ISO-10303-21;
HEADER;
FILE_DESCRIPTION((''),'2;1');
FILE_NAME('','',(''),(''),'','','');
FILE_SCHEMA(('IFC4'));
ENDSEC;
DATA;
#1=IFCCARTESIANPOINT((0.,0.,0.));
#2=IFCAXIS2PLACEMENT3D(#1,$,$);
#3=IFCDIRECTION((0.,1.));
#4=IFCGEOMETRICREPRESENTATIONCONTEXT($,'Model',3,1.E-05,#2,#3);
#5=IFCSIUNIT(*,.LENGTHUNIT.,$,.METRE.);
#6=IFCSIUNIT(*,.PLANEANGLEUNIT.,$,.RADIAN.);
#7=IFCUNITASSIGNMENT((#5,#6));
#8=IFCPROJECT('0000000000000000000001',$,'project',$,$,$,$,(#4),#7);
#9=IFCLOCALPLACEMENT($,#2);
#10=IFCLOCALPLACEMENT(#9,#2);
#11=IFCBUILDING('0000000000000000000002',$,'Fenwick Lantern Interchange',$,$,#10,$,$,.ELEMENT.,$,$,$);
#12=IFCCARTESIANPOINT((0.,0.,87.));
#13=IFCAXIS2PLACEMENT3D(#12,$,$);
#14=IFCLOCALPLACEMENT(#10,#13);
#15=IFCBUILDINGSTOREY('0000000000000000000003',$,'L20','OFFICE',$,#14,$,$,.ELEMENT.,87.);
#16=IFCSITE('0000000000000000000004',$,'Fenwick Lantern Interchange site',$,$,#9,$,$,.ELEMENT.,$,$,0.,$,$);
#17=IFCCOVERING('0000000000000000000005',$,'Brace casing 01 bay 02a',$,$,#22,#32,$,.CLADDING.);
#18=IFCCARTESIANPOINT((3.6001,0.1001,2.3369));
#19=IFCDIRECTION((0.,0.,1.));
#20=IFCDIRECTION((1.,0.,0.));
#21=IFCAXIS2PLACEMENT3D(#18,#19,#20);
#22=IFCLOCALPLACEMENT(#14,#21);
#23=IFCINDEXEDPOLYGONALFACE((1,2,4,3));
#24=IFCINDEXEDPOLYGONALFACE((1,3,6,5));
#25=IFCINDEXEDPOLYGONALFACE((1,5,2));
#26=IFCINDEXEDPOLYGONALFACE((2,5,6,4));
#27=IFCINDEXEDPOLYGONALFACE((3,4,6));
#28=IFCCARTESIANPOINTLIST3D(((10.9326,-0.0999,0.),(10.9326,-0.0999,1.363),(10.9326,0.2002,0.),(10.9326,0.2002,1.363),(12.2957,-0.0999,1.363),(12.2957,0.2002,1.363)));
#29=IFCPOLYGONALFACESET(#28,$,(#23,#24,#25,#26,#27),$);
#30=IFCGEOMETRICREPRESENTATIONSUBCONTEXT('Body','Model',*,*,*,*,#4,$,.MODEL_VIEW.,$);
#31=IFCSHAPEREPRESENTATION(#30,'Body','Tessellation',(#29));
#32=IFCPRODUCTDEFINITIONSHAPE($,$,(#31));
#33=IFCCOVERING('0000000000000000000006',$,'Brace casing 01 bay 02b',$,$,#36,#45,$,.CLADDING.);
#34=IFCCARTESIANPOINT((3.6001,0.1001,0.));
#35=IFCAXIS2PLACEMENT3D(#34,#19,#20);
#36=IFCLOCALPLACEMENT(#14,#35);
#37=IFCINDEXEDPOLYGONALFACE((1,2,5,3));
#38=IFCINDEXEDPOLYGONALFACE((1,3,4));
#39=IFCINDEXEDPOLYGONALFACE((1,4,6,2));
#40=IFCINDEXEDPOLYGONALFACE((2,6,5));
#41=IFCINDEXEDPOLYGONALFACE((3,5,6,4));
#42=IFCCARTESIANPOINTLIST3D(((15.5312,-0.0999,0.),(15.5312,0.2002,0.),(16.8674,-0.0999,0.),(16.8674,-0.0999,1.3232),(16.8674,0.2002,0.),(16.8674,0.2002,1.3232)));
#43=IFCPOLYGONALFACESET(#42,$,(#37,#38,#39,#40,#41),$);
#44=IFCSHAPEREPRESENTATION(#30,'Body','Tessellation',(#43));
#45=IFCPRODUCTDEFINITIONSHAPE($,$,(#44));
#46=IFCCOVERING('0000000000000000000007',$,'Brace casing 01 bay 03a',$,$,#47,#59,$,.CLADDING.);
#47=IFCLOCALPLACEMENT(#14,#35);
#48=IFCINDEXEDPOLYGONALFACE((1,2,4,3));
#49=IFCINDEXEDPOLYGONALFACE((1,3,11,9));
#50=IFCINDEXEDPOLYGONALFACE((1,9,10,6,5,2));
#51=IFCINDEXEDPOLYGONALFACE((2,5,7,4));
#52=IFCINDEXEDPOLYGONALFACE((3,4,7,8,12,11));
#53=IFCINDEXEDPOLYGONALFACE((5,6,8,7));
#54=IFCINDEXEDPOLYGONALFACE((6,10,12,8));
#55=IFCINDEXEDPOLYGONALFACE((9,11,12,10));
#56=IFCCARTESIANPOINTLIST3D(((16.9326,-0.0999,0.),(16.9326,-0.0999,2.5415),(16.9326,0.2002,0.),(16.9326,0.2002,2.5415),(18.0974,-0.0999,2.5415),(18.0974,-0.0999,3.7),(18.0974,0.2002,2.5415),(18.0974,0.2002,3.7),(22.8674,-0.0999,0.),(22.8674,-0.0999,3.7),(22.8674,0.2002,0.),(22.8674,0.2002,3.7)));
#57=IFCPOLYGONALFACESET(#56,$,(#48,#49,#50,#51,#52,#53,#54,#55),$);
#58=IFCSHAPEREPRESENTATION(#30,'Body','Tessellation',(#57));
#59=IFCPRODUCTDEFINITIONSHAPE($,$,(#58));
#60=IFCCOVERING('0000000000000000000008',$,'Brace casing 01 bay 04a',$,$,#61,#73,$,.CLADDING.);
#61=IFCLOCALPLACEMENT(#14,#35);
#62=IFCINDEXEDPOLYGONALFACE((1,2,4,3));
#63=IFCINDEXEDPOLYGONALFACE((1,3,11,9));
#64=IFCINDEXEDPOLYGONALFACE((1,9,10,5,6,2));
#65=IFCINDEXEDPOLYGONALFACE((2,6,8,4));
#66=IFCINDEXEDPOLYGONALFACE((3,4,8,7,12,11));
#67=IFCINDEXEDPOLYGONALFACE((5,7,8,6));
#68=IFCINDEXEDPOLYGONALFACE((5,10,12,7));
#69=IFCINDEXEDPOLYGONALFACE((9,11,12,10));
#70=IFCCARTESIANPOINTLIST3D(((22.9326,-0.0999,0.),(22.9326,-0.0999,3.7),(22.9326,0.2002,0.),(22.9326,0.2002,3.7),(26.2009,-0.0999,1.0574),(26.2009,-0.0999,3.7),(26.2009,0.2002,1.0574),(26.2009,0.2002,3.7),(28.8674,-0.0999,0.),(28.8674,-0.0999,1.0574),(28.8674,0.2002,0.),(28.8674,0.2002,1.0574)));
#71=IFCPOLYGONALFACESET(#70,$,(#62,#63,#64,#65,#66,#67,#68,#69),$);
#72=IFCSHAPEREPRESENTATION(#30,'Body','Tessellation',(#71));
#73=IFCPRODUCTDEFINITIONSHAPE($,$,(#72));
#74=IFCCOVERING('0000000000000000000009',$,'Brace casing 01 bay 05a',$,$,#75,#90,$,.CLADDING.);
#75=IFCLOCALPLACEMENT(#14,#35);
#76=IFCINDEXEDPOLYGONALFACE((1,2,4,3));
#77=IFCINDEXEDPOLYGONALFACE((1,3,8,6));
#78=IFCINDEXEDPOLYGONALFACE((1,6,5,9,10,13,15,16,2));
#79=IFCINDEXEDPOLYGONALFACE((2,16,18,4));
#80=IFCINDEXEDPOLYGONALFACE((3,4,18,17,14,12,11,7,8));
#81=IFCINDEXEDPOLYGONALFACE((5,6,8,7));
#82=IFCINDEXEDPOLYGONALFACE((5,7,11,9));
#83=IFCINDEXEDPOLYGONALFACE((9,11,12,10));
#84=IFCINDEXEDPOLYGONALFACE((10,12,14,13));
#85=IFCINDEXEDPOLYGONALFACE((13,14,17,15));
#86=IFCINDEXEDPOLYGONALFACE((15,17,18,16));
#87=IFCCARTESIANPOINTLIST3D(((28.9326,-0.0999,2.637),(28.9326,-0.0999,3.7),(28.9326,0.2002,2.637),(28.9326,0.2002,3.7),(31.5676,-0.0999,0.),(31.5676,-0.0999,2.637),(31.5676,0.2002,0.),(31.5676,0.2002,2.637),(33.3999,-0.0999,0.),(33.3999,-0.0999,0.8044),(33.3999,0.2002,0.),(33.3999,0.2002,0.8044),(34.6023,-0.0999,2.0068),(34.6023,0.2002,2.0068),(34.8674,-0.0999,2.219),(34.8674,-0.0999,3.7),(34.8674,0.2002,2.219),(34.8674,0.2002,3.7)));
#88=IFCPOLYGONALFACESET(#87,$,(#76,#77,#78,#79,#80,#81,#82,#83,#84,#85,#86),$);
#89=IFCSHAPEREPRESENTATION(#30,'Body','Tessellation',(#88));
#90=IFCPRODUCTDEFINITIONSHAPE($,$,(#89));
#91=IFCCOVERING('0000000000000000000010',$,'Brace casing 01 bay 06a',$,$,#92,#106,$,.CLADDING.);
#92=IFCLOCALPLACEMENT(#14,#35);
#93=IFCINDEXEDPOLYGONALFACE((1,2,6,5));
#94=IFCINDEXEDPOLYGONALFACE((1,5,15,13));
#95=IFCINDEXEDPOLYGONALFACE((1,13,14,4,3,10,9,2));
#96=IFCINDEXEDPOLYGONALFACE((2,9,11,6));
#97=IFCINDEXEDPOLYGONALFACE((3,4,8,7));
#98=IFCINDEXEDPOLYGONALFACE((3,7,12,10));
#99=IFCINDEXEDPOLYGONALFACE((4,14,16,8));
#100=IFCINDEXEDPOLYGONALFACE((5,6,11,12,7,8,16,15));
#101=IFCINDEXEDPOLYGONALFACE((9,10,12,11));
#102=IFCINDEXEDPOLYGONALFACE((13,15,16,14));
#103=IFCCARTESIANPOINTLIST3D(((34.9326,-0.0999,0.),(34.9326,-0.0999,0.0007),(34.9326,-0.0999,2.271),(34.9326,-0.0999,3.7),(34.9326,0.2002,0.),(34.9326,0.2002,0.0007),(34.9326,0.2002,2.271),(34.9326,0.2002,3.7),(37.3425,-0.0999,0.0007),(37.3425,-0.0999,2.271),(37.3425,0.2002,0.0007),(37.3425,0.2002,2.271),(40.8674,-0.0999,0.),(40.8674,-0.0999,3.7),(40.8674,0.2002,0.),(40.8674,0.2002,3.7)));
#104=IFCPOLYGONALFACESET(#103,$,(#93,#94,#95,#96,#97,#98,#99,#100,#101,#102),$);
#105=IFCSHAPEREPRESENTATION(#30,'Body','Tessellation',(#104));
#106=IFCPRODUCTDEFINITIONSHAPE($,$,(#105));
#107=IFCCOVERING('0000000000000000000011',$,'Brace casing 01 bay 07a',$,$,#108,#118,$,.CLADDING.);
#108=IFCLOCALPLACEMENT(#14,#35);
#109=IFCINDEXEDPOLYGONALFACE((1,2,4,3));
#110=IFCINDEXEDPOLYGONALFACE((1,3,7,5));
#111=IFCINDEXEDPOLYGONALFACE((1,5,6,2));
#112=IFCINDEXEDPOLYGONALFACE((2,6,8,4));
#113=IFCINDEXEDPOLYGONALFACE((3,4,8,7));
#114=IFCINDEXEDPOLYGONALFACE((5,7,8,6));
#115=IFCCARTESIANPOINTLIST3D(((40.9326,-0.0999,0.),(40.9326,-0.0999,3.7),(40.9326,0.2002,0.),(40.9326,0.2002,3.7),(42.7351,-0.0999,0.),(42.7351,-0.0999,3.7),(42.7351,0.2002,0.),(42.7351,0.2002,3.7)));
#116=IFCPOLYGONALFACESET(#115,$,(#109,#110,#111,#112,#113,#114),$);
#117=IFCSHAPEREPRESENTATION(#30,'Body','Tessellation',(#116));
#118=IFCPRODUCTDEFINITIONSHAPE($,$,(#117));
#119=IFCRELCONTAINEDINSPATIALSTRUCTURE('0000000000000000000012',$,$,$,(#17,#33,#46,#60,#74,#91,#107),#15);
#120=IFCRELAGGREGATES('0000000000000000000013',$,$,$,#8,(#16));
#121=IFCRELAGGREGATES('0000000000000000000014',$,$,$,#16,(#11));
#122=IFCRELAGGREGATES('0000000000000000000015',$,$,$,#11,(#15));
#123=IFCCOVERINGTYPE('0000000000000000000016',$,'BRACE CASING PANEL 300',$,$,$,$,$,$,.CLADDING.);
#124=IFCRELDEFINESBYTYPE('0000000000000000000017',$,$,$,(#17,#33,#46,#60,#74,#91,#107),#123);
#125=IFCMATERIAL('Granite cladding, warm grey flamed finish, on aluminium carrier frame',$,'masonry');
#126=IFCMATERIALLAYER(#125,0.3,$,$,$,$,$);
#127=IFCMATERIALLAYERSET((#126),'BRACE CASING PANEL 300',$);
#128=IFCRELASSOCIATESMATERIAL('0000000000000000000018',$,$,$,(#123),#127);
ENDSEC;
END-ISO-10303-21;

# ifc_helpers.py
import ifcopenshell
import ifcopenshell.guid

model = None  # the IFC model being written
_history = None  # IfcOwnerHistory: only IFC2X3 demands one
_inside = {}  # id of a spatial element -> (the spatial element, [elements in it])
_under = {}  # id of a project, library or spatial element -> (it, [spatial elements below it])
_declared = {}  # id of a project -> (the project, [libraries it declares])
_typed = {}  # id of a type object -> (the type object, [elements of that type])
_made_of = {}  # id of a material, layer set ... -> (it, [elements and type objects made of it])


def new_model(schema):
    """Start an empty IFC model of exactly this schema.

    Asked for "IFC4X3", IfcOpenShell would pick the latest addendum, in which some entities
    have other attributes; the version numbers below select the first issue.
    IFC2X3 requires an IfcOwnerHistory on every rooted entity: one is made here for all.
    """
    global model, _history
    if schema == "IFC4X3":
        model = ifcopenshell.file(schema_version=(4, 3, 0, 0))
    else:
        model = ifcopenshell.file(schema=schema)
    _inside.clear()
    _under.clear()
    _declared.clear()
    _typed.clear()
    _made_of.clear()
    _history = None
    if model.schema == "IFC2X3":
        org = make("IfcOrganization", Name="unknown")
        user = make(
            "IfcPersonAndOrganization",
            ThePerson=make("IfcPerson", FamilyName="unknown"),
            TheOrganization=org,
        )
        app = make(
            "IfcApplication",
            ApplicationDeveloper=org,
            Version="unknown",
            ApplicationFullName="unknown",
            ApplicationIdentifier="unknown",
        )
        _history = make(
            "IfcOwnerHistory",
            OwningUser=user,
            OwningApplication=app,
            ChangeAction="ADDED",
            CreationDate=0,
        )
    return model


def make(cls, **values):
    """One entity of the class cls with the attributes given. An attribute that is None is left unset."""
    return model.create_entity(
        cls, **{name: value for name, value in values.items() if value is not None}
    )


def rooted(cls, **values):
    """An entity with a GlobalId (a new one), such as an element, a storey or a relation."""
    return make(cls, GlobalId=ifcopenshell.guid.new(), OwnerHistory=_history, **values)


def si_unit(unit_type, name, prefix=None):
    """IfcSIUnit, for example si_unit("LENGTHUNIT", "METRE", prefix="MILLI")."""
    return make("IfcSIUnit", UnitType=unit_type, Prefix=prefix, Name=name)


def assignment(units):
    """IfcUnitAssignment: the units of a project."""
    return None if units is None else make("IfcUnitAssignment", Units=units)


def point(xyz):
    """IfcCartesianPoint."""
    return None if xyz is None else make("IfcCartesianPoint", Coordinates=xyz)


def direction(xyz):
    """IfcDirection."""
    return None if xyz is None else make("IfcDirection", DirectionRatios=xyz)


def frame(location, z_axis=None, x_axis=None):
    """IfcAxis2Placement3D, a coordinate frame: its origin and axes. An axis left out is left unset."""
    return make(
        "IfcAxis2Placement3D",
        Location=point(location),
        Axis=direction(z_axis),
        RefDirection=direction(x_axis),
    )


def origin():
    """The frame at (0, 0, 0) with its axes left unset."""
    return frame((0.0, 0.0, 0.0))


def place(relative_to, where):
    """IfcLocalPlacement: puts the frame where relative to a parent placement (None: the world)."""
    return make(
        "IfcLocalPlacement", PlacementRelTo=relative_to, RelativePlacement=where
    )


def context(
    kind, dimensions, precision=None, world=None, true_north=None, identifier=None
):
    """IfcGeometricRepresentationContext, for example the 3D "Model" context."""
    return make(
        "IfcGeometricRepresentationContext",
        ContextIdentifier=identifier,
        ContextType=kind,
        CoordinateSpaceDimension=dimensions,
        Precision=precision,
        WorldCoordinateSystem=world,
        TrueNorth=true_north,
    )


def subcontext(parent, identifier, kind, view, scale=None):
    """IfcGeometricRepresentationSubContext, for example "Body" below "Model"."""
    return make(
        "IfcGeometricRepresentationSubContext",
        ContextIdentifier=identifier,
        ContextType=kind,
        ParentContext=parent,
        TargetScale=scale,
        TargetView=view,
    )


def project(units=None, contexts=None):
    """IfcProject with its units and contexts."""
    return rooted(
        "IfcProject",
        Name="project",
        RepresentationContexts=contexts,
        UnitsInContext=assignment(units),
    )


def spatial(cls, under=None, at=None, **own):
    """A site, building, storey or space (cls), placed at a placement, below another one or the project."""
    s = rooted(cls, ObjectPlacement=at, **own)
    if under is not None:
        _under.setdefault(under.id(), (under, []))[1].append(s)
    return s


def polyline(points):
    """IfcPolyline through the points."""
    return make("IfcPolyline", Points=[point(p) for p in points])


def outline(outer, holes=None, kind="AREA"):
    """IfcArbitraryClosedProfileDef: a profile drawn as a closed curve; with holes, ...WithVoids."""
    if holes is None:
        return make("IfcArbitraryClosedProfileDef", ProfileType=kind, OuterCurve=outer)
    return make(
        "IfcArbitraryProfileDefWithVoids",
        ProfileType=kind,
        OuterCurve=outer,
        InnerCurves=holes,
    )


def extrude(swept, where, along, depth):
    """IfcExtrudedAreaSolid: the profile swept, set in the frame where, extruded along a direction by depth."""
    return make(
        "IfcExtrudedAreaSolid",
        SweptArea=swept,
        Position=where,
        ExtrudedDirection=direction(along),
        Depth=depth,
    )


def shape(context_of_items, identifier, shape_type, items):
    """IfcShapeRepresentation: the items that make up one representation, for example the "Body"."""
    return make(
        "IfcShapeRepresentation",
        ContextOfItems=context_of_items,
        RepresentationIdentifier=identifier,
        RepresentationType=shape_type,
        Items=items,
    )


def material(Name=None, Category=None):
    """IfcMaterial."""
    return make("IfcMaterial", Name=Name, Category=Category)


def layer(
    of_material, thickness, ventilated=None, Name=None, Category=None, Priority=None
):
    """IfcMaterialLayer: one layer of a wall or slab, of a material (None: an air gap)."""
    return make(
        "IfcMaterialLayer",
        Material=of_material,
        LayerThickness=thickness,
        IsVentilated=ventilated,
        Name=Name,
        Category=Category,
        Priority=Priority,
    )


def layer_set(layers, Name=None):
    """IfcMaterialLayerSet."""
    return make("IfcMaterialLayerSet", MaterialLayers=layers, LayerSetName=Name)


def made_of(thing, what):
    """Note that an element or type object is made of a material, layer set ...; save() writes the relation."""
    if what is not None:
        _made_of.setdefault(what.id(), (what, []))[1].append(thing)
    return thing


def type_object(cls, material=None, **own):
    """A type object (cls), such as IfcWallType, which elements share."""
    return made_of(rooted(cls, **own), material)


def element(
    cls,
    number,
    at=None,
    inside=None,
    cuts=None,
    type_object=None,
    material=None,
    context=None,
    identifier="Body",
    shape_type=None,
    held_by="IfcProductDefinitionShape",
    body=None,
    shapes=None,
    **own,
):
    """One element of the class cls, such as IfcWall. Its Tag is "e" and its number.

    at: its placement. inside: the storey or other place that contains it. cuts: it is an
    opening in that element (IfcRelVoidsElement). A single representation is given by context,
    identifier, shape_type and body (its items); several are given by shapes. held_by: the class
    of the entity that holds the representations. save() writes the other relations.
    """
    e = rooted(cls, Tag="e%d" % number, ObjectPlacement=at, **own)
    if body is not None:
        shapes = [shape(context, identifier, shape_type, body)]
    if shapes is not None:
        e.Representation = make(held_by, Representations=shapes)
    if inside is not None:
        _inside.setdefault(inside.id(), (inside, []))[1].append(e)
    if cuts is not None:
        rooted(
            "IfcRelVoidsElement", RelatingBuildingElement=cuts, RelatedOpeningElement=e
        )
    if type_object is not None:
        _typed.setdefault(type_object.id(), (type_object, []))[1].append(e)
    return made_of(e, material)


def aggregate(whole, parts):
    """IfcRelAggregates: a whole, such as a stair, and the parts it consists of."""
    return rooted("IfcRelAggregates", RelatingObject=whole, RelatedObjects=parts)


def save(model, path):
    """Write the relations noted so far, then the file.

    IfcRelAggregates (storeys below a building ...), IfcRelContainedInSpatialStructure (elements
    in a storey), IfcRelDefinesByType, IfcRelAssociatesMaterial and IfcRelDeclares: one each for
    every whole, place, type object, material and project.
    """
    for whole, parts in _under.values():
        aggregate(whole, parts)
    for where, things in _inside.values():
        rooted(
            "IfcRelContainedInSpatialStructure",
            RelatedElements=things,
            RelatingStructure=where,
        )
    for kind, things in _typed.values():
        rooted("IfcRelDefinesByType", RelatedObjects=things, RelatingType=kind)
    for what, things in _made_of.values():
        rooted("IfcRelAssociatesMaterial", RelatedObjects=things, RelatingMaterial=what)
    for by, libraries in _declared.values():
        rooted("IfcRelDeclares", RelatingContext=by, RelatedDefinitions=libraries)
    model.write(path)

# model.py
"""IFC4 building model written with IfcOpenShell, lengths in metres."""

from ifc_helpers import new_model, si_unit, direction, frame, origin, place, context, subcontext, project, spatial, polyline, outline, extrude, material, layer, layer_set, type_object, element, save


model = new_model("IFC4")

# Units and contexts
model_context = context("Model", 3, precision=1e-05, world=origin(), true_north=direction((0.0, 1.0)))
body_context = subcontext(model_context, "Body", "Model", "MODEL_VIEW")
ifc_project = project(units=[si_unit("LENGTHUNIT", "METRE"), si_unit("PLANEANGLEUNIT", "RADIAN")], contexts=[model_context])

# Site, building, storey
site_placement = place(None, origin())
site = spatial("IfcSite", under=ifc_project, at=site_placement, Name="Fenwick Lantern Interchange site", CompositionType="ELEMENT", RefElevation=0.0)
building_placement = place(site_placement, origin())
building = spatial("IfcBuilding", under=site, at=building_placement, Name="Fenwick Lantern Interchange", CompositionType="ELEMENT")
storey_placement = place(building_placement, frame((0.0, 0.0, 87.0)))
storey = spatial("IfcBuildingStorey", under=building, at=storey_placement, Name="L20", Description="OFFICE", CompositionType="ELEMENT", Elevation=87.0)

# Coverings
ifc_material_1 = material(Name="Granite cladding, warm grey flamed finish, on aluminium carrier frame", Category="masonry")
ifc_layer_1 = layer(ifc_material_1, 0.3)
ifc_layer_set_1 = layer_set([ifc_layer_1], Name="BRACE CASING PANEL 300")
covering_type_1 = type_object("IfcCoveringType", Name="BRACE CASING PANEL 300", PredefinedType="CLADDING", material=ifc_layer_set_1)
covering_1_placement = place(storey_placement, frame((3.6001, 0.1001, 2.3369), z_axis=(0.0, 0.0, 1.0), x_axis=(1.0, 0.0, 0.0)))
element("IfcCovering", 1, at=covering_1_placement, inside=storey, type_object=covering_type_1, Name="Brace casing 01 bay 02a", PredefinedType="CLADDING", context=body_context, shape_type="SweptSolid", body=[
    extrude(outline(polyline([(10.9326, 0.0), (12.2957, 1.363), (10.9326, 1.363), (10.9326, 0.0)])), frame((0.0, 0.2002, 0.0), z_axis=(0.0, -1.0, 0.0), x_axis=(1.0, 0.0, 0.0)), (0.0, 0.0, 1.0), 0.3),
])
covering_2_placement = place(storey_placement, frame((3.6001, 0.1001, 0.0), z_axis=(0.0, 0.0, 1.0), x_axis=(1.0, 0.0, 0.0)))
element("IfcCovering", 2, at=covering_2_placement, inside=storey, type_object=covering_type_1, Name="Brace casing 01 bay 02b", PredefinedType="CLADDING", context=body_context, shape_type="SweptSolid", body=[
    extrude(outline(polyline([(15.5312, 0.0), (16.8674, 0.0), (16.8674, 1.3232), (15.5312, 0.0)])), frame((0.0, 0.2002, 0.0), z_axis=(0.0, -1.0, 0.0), x_axis=(1.0, 0.0, 0.0)), (0.0, 0.0, 1.0), 0.3),
])
covering_3_placement = place(storey_placement, frame((3.6001, 0.1001, 0.0), z_axis=(0.0, 0.0, 1.0), x_axis=(1.0, 0.0, 0.0)))
element("IfcCovering", 3, at=covering_3_placement, inside=storey, type_object=covering_type_1, Name="Brace casing 01 bay 03a", PredefinedType="CLADDING", context=body_context, shape_type="SweptSolid", body=[
    extrude(outline(polyline([(16.9326, 0.0), (22.8674, 0.0), (22.8674, 3.7), (18.0974, 3.7), (18.0974, 2.5415), (16.9326, 2.5415), (16.9326, 0.0)])), frame((0.0, 0.2002, 0.0), z_axis=(0.0, -1.0, 0.0), x_axis=(1.0, 0.0, 0.0)), (0.0, 0.0, 1.0), 0.3),
])
covering_4_placement = place(storey_placement, frame((3.6001, 0.1001, 0.0), z_axis=(0.0, 0.0, 1.0), x_axis=(1.0, 0.0, 0.0)))
element("IfcCovering", 4, at=covering_4_placement, inside=storey, type_object=covering_type_1, Name="Brace casing 01 bay 04a", PredefinedType="CLADDING", context=body_context, shape_type="SweptSolid", body=[
    extrude(outline(polyline([(22.9326, 0.0), (28.8674, 0.0), (28.8674, 1.0574), (26.2009, 1.0574), (26.2009, 3.7), (22.9326, 3.7), (22.9326, 0.0)])), frame((0.0, 0.2002, 0.0), z_axis=(0.0, -1.0, 0.0), x_axis=(1.0, 0.0, 0.0)), (0.0, 0.0, 1.0), 0.3),
])
covering_5_placement = place(storey_placement, frame((3.6001, 0.1001, 0.0), z_axis=(0.0, 0.0, 1.0), x_axis=(1.0, 0.0, 0.0)))
element("IfcCovering", 5, at=covering_5_placement, inside=storey, type_object=covering_type_1, Name="Brace casing 01 bay 05a", PredefinedType="CLADDING", context=body_context, shape_type="SweptSolid", body=[
    extrude(outline(polyline([(31.5676, 0.0), (33.3999, 0.0), (33.3999, 0.8044), (34.6023, 2.0068), (34.8674, 2.219), (34.8674, 3.7), (28.9326, 3.7), (28.9326, 2.637), (31.5676, 2.637), (31.5676, 0.0)])), frame((0.0, 0.2002, 0.0), z_axis=(0.0, -1.0, 0.0), x_axis=(1.0, 0.0, 0.0)), (0.0, 0.0, 1.0), 0.3),
])
covering_6_placement = place(storey_placement, frame((3.6001, 0.1001, 0.0), z_axis=(0.0, 0.0, 1.0), x_axis=(1.0, 0.0, 0.0)))
element("IfcCovering", 6, at=covering_6_placement, inside=storey, type_object=covering_type_1, Name="Brace casing 01 bay 06a", PredefinedType="CLADDING", context=body_context, shape_type="SweptSolid", body=[
    extrude(outline(polyline([(34.9326, 0.0), (40.8674, 0.0), (40.8674, 3.7), (34.9326, 3.7), (34.9326, 2.271), (37.3425, 2.271), (37.3425, 0.0007), (34.9326, 0.0007), (34.9326, 0.0)])), frame((0.0, 0.2002, 0.0), z_axis=(0.0, -1.0, 0.0), x_axis=(1.0, 0.0, 0.0)), (0.0, 0.0, 1.0), 0.3),
])
covering_7_placement = place(storey_placement, frame((3.6001, 0.1001, 0.0), z_axis=(0.0, 0.0, 1.0), x_axis=(1.0, 0.0, 0.0)))
element("IfcCovering", 7, at=covering_7_placement, inside=storey, type_object=covering_type_1, Name="Brace casing 01 bay 07a", PredefinedType="CLADDING", context=body_context, shape_type="SweptSolid", body=[
    extrude(outline(polyline([(40.9326, 0.0), (42.7351, 0.0), (42.7351, 3.7), (40.9326, 3.7), (40.9326, 0.0)])), frame((0.0, 0.2002, 0.0), z_axis=(0.0, -1.0, 0.0), x_axis=(1.0, 0.0, 0.0)), (0.0, 0.0, 1.0), 0.3),
])

save(model, "model.ifc")
